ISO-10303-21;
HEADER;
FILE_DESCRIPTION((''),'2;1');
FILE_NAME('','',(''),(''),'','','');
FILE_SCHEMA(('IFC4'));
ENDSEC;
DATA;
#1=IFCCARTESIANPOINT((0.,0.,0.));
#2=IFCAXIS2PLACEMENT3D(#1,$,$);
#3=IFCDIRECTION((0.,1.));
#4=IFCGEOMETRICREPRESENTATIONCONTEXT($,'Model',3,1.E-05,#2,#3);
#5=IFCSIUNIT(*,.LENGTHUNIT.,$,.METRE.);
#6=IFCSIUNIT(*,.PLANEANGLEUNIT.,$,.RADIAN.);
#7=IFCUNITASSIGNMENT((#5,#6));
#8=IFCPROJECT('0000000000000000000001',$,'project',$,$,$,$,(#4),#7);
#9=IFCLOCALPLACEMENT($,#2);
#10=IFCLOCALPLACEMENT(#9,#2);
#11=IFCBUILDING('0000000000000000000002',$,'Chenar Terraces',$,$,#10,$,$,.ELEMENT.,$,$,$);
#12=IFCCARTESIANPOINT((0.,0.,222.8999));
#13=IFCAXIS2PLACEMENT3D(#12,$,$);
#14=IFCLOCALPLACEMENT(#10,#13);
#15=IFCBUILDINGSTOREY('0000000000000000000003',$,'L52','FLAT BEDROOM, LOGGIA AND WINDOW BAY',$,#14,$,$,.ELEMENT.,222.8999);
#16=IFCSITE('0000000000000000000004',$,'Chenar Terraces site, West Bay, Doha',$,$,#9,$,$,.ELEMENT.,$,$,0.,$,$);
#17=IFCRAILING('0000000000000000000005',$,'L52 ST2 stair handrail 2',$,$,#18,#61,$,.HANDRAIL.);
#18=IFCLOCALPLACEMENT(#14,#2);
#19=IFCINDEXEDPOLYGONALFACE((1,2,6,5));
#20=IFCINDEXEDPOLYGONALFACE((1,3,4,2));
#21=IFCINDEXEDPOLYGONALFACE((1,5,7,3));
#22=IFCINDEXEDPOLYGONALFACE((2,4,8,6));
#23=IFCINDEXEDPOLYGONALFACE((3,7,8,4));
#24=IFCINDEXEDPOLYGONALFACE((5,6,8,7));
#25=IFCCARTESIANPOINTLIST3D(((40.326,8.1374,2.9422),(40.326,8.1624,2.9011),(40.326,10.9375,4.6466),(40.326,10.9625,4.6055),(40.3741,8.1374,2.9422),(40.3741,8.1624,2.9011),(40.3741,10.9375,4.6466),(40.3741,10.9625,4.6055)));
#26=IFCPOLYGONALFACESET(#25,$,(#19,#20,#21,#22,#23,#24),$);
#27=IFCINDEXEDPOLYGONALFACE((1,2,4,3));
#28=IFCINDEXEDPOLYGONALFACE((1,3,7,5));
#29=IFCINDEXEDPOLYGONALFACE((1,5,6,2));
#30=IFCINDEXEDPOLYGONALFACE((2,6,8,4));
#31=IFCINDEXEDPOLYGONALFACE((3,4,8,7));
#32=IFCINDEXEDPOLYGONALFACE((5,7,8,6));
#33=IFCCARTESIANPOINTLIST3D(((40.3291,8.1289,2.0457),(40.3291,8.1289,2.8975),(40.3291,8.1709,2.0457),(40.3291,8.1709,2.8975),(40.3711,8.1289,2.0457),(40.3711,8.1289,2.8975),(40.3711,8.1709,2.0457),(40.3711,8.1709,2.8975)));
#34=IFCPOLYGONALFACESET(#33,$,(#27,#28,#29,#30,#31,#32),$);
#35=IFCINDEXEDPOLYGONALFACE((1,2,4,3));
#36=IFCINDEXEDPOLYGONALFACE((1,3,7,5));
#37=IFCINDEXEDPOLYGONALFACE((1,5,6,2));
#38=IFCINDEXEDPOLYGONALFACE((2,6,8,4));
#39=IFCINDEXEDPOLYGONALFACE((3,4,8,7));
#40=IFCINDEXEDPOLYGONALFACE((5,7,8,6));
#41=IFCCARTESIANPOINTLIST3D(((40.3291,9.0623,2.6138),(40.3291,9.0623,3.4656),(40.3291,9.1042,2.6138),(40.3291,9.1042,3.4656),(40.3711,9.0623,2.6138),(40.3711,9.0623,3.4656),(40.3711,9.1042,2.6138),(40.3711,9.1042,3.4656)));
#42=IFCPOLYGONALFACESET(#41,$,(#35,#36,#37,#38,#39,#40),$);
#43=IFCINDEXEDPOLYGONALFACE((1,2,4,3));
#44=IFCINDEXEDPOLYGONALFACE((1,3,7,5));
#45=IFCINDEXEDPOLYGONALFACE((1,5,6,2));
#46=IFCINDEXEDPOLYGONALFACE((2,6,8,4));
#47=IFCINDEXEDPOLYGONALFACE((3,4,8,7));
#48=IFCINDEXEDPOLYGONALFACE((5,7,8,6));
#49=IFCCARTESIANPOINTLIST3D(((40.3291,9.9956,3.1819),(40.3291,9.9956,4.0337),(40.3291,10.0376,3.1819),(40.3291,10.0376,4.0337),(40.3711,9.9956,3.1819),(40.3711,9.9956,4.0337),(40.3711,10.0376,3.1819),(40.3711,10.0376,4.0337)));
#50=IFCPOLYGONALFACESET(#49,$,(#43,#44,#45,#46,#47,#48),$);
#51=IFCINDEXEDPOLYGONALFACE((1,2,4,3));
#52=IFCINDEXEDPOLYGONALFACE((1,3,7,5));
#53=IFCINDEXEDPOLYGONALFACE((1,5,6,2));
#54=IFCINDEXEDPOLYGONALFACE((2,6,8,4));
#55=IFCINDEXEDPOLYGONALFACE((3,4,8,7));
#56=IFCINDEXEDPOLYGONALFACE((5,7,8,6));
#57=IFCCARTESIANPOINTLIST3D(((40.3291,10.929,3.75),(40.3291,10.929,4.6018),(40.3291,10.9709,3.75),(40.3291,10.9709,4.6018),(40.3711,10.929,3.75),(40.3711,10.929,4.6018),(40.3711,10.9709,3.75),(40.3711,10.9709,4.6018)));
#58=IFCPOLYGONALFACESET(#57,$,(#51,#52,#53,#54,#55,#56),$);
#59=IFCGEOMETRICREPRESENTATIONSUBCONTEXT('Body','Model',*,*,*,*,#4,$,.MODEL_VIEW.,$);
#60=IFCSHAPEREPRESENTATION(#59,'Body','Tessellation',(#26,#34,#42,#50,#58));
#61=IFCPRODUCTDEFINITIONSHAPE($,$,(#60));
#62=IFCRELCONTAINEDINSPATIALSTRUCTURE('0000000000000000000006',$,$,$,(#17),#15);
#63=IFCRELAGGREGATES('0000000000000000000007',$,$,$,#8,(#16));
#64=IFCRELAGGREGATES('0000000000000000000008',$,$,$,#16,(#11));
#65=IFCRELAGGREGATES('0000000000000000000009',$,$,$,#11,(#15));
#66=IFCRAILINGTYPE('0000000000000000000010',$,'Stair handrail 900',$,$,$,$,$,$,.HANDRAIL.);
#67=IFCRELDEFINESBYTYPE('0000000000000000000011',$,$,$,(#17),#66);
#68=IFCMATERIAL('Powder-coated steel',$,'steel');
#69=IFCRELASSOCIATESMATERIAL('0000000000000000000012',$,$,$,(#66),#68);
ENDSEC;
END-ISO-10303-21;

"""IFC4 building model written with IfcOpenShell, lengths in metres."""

from ifc_helpers import new_model, si_unit, direction, frame, origin, origin_2d, place, context, subcontext, project, spatial, rectangle, extrude, material, type_object, element, save


model = new_model("IFC4")

# Units and contexts
model_context = context("Model", 3, precision=1e-05, world=origin(), true_north=direction((0.0, 1.0)))
body_context = subcontext(model_context, "Body", "Model", "MODEL_VIEW")
ifc_project = project(units=[si_unit("LENGTHUNIT", "METRE"), si_unit("PLANEANGLEUNIT", "RADIAN")], contexts=[model_context])

# Site, building, storey
site_placement = place(None, origin())
site = spatial("IfcSite", under=ifc_project, at=site_placement, Name="Chenar Terraces site, West Bay, Doha", CompositionType="ELEMENT", RefElevation=0.0)
building_placement = place(site_placement, origin())
building = spatial("IfcBuilding", under=site, at=building_placement, Name="Chenar Terraces", CompositionType="ELEMENT")
storey_placement = place(building_placement, frame((0.0, 0.0, 222.8999)))
storey = spatial("IfcBuildingStorey", under=building, at=storey_placement, Name="L52", Description="FLAT BEDROOM, LOGGIA AND WINDOW BAY", CompositionType="ELEMENT", Elevation=222.8999)

# Railing
ifc_material_1 = material(Name="Powder-coated steel", Category="steel")
railing_type_1 = type_object("IfcRailingType", Name="Stair handrail 900", PredefinedType="HANDRAIL", material=ifc_material_1)
railing_1_placement = place(storey_placement, frame((40.3501, 8.1499, 2.0457)))
element("IfcRailing", 1, at=railing_1_placement, inside=storey, type_object=railing_type_1, Name="L52 ST2 stair handrail 2", PredefinedType="HANDRAIL", context=body_context, shape_type="SweptSolid", body=[
    extrude(rectangle(XDim=0.0481, YDim=0.0481, at=origin_2d()), frame((0.0, 0.0, 0.876), z_axis=(0.0, 0.854203, 0.51994), x_axis=(-1.0, 0.0, 0.0)), (0.0, 0.0, 1.0), 3.2781),
    extrude(rectangle(XDim=0.042, YDim=0.042, at=origin_2d()), origin(), (0.0, 0.0, 1.0), 0.8518),
    extrude(rectangle(XDim=0.042, YDim=0.042, at=origin_2d()), frame((0.0, 0.9333, 0.5681)), (0.0, 0.0, 1.0), 0.8518),
    extrude(rectangle(XDim=0.042, YDim=0.042, at=origin_2d()), frame((0.0, 1.8667, 1.1362)), (0.0, 0.0, 1.0), 0.8518),
    extrude(rectangle(XDim=0.042, YDim=0.042, at=origin_2d()), frame((0.0, 2.8, 1.7043)), (0.0, 0.0, 1.0), 0.8518),
])

save(model, "model.ifc")
